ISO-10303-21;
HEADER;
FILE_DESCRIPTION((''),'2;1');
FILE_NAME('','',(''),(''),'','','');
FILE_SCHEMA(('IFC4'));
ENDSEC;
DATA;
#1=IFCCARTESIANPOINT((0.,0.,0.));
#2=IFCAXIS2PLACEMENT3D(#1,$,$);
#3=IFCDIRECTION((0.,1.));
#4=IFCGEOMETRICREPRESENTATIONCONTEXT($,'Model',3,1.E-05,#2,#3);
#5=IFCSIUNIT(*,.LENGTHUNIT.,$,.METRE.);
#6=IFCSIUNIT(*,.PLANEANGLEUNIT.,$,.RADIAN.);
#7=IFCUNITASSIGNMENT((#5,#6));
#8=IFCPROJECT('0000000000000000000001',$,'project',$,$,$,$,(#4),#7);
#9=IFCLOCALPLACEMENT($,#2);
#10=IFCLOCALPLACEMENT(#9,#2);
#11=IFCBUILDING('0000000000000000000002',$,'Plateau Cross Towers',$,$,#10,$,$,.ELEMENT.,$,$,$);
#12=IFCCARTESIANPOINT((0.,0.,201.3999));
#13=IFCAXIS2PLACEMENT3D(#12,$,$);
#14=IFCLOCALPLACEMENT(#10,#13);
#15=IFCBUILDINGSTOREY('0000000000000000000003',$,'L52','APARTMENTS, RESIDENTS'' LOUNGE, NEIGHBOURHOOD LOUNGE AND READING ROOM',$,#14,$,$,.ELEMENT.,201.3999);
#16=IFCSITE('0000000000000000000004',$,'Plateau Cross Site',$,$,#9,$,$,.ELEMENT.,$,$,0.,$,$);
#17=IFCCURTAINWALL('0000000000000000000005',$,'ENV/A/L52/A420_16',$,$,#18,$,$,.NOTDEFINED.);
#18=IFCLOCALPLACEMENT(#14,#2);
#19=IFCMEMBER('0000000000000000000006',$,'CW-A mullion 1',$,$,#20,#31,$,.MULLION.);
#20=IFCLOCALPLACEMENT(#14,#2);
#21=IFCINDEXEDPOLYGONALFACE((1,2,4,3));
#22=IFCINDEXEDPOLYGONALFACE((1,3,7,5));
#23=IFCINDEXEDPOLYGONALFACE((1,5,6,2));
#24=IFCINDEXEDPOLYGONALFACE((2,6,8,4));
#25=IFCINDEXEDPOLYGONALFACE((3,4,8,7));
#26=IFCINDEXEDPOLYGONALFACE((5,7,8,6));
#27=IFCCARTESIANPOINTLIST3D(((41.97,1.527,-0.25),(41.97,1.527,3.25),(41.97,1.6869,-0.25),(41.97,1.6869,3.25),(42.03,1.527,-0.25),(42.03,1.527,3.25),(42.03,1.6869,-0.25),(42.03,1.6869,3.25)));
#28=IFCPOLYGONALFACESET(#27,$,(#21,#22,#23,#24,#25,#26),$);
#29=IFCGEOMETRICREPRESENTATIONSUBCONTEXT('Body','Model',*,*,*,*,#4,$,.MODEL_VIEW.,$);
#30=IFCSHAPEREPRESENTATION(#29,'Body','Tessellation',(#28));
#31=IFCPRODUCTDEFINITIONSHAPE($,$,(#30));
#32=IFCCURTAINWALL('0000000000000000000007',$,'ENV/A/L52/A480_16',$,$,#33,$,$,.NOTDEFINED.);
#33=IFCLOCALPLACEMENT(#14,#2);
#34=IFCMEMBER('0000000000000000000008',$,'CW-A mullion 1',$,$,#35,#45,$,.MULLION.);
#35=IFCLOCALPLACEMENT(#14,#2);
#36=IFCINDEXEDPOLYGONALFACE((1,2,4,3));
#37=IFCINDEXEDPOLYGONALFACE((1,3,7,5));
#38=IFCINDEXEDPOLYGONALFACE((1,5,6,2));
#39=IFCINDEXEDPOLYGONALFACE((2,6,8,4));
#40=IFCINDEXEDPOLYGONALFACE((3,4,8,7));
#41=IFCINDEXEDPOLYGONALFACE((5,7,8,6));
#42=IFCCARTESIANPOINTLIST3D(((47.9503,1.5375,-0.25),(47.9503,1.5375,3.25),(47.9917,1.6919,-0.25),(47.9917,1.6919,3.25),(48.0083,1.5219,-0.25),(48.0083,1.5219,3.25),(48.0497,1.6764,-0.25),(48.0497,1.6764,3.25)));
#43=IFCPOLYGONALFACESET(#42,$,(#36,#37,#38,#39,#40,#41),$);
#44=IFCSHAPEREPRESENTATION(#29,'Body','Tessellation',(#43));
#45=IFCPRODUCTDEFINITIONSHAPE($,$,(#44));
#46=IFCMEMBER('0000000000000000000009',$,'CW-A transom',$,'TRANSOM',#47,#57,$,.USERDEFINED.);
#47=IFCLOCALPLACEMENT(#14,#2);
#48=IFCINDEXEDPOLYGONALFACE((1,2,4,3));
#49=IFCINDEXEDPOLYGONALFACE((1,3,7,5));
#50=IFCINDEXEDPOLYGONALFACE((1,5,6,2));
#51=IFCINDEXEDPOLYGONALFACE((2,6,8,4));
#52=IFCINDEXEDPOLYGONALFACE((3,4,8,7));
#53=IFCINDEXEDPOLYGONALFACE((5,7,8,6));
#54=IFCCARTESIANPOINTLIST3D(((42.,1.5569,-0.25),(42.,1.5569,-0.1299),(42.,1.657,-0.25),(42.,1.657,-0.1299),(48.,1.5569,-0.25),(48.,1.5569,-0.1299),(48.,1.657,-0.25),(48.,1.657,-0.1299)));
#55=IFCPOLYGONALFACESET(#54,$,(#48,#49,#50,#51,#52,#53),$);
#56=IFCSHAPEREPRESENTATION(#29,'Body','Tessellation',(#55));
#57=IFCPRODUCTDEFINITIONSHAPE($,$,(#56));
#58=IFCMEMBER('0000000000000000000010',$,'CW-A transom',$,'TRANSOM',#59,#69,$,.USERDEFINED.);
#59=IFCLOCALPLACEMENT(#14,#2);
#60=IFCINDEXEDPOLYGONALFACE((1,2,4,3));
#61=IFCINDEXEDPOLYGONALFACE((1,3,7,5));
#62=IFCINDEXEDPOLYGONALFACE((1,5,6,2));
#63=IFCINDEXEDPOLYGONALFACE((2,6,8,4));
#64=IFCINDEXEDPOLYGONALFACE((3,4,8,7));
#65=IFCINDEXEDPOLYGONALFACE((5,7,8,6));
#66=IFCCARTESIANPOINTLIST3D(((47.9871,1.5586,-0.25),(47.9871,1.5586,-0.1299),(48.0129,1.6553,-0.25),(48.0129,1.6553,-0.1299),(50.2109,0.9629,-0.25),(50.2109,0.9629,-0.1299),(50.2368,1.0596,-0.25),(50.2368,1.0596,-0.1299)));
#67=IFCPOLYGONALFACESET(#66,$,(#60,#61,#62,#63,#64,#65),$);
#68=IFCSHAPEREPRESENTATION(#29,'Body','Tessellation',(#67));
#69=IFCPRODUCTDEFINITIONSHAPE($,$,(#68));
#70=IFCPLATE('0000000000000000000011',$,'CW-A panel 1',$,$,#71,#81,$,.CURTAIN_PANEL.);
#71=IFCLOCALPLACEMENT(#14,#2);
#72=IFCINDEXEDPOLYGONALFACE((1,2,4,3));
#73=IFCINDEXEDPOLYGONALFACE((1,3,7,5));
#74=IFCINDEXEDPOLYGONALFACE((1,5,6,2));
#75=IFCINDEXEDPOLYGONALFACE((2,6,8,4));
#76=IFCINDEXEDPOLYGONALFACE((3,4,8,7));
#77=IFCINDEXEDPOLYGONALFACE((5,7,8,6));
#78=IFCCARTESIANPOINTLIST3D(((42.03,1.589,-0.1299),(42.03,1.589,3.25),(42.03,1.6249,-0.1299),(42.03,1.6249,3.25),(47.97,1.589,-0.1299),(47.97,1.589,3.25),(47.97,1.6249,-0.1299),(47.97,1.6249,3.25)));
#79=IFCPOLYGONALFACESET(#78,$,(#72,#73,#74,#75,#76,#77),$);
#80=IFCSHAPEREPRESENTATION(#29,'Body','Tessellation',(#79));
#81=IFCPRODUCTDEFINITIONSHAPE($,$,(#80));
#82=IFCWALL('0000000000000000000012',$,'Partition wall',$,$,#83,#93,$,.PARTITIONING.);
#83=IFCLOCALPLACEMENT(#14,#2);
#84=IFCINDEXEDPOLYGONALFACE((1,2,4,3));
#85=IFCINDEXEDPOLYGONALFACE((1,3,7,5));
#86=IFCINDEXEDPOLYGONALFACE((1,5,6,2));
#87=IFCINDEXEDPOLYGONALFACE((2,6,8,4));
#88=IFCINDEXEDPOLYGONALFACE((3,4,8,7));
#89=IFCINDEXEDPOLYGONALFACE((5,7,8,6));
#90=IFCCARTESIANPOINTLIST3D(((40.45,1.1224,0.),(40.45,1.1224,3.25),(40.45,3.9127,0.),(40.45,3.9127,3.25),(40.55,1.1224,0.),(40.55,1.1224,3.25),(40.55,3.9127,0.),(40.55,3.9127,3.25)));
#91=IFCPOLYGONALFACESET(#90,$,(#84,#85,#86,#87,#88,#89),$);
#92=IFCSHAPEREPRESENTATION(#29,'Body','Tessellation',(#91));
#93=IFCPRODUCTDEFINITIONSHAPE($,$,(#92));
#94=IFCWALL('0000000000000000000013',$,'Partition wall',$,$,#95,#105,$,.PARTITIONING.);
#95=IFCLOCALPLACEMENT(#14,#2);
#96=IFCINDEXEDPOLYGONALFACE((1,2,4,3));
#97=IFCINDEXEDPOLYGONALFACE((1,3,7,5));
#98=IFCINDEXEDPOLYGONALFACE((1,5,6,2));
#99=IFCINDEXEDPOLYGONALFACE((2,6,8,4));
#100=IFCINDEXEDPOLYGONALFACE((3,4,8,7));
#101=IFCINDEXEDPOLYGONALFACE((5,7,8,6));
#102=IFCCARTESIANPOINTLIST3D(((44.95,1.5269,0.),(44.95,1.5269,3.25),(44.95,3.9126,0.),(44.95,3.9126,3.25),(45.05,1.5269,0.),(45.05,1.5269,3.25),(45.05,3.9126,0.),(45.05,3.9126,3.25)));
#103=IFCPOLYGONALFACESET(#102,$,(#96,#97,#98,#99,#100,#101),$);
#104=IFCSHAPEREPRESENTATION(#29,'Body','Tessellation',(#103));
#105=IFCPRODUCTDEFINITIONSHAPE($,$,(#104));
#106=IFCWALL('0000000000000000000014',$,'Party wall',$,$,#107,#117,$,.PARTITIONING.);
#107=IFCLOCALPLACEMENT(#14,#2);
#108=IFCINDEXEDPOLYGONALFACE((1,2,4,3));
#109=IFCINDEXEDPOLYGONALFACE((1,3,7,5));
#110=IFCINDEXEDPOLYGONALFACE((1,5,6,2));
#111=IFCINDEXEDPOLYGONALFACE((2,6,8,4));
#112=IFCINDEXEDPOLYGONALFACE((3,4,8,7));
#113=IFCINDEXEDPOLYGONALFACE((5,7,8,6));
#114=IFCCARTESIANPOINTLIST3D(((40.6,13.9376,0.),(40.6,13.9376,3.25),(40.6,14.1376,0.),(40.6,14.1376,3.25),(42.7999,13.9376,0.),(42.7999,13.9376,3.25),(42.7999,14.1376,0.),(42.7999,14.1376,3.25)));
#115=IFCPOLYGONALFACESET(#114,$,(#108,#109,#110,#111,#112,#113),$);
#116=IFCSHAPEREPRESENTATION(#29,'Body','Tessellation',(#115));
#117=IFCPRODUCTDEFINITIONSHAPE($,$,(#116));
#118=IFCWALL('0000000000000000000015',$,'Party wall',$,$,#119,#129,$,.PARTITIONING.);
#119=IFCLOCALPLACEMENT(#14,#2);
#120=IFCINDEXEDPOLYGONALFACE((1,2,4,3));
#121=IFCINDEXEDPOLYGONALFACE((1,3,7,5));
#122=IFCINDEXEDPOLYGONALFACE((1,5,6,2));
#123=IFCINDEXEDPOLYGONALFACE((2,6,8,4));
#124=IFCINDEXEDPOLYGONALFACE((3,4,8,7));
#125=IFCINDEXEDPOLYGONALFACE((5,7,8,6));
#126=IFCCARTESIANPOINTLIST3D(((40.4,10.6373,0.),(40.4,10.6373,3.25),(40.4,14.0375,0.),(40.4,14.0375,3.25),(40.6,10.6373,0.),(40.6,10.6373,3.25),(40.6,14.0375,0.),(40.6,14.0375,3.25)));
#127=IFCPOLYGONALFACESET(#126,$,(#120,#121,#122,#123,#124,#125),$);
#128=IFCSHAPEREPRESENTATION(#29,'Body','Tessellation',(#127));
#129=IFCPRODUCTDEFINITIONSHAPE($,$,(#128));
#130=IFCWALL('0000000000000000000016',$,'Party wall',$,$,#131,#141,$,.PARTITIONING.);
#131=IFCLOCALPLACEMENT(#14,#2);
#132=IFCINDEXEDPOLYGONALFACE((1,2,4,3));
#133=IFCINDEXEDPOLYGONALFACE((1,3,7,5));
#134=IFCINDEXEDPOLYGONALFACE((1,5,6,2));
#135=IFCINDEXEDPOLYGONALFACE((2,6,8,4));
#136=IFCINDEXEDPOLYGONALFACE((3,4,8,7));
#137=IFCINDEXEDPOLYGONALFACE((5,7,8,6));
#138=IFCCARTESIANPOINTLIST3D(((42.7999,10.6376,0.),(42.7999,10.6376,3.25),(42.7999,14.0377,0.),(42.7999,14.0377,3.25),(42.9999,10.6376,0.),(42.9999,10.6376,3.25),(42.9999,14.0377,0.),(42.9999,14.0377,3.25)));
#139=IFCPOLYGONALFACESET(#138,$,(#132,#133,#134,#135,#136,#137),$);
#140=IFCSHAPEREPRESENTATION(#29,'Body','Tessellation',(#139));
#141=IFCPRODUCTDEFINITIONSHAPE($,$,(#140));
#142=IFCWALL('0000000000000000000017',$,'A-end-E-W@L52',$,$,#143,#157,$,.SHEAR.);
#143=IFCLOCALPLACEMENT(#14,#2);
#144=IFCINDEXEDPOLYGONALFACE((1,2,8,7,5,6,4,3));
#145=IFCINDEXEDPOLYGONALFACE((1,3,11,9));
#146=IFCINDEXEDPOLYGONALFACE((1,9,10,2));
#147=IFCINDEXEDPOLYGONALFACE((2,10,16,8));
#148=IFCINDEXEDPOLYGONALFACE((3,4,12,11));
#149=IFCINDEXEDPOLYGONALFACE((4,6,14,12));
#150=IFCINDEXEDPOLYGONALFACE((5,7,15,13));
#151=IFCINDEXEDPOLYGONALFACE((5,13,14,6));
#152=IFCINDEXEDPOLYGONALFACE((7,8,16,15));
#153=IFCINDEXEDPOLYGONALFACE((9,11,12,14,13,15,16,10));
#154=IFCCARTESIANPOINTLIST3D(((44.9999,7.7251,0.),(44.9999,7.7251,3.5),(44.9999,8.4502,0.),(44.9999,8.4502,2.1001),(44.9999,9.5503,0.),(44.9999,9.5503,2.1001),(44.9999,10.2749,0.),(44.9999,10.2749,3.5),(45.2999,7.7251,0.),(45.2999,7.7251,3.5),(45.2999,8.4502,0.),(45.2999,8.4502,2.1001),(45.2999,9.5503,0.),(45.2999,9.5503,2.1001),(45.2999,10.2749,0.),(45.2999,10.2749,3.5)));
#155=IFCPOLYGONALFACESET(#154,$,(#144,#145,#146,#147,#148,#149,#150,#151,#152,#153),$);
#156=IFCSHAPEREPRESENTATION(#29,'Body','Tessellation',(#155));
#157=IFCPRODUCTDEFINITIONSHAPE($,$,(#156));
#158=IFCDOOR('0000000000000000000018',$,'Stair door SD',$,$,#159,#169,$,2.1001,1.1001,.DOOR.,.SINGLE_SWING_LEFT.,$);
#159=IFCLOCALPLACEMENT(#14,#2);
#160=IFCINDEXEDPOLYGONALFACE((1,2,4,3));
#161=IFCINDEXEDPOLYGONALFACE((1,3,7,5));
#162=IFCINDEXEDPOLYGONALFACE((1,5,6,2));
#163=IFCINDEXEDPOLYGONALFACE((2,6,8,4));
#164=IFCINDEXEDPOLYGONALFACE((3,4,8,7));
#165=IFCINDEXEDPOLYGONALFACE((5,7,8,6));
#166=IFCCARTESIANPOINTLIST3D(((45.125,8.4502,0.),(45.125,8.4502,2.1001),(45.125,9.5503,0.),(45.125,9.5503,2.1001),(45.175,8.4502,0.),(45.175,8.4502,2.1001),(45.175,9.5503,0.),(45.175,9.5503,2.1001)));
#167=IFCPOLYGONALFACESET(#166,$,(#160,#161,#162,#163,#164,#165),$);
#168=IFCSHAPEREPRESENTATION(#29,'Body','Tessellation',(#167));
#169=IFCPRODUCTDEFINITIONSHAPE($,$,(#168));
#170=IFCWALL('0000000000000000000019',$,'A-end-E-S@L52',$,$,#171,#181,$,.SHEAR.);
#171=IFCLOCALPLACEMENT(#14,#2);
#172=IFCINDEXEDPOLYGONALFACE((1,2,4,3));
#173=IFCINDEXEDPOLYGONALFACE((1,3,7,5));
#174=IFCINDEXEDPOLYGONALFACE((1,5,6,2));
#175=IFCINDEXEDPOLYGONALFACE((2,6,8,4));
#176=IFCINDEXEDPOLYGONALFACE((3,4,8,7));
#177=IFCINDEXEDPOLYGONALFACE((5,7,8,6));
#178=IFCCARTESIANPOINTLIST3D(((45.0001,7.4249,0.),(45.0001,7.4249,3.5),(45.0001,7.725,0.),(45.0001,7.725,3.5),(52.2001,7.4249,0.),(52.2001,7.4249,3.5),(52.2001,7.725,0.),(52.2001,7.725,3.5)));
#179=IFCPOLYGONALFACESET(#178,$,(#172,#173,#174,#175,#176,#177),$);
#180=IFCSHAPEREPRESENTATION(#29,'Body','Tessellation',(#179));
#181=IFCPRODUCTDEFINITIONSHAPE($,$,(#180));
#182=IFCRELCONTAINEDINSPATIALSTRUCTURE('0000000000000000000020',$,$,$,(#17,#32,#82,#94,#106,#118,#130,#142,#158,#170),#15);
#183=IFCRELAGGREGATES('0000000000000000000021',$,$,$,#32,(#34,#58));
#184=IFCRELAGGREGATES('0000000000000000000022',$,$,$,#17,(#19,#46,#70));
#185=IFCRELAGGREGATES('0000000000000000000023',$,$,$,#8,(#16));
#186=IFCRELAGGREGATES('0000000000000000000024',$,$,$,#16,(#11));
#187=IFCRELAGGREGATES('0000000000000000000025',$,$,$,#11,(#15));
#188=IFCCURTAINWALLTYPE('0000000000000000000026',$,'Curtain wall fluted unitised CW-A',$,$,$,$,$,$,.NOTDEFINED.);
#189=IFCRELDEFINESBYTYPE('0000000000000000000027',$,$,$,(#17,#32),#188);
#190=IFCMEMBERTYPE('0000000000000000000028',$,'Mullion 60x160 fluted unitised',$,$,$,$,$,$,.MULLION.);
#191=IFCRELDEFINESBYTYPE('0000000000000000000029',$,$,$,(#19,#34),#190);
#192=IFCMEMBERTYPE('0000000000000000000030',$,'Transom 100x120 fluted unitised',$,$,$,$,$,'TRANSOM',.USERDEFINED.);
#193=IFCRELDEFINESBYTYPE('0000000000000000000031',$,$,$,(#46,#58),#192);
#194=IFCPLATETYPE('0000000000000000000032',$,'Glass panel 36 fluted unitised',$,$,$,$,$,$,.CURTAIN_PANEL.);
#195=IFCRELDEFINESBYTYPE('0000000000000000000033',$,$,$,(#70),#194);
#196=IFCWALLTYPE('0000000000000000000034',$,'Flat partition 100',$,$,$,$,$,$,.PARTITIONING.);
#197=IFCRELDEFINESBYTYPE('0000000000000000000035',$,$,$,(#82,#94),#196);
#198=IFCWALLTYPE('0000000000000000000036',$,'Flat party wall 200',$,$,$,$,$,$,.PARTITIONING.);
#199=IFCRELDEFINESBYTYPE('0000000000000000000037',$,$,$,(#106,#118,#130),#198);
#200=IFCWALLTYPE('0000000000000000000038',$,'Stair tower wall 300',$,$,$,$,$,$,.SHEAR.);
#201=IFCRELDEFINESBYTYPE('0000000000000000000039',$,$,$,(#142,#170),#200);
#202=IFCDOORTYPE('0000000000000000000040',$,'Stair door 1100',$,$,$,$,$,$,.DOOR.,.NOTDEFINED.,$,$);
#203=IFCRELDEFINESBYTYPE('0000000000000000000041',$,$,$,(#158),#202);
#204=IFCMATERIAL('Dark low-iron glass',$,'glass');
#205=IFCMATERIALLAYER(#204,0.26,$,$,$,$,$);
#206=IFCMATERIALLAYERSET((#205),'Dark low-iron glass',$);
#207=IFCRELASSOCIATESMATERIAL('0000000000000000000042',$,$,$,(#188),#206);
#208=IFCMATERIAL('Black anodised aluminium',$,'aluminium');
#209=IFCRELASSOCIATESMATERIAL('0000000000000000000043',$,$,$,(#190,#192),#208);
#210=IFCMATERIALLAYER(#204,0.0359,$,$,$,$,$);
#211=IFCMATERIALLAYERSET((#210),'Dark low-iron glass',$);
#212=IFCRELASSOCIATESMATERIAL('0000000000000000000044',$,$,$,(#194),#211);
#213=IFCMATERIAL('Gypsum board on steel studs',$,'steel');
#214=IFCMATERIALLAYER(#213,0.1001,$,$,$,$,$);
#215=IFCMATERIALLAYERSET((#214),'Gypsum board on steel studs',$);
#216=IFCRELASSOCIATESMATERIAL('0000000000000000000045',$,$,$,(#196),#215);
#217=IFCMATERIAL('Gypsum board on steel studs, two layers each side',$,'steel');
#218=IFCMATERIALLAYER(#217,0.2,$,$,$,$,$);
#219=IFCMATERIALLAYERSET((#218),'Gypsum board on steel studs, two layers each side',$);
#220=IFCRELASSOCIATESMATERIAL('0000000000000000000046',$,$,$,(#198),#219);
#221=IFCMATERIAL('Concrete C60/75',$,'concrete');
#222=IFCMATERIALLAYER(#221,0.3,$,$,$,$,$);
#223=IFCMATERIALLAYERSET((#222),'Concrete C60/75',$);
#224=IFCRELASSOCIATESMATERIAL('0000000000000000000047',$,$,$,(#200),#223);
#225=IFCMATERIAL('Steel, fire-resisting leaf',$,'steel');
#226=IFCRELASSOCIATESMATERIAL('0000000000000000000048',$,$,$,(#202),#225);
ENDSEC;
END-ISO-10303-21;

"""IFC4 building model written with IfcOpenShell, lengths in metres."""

from ifc_helpers import new_model, si_unit, direction, frame, frame_2d, origin, origin_2d, place, context, subcontext, project, spatial, rectangle, extrude, material, layer, layer_set, material_profile, profile_set, type_object, element, fill, aggregate, save


model = new_model("IFC4")

# Units and contexts
model_context = context("Model", 3, precision=1e-05, world=origin(), true_north=direction((0.0, 1.0)))
body_context = subcontext(model_context, "Body", "Model", "MODEL_VIEW")
ifc_project = project(units=[si_unit("LENGTHUNIT", "METRE"), si_unit("PLANEANGLEUNIT", "RADIAN")], contexts=[model_context])

# Site, building, storey
site_placement = place(None, origin())
site = spatial("IfcSite", under=ifc_project, at=site_placement, Name="Plateau Cross Site", CompositionType="ELEMENT", RefElevation=0.0)
building_placement = place(site_placement, origin())
building = spatial("IfcBuilding", under=site, at=building_placement, Name="Plateau Cross Towers", CompositionType="ELEMENT")
storey_placement = place(building_placement, frame((0.0, 0.0, 201.3999)))
storey = spatial("IfcBuildingStorey", under=building, at=storey_placement, Name="L52", Description="APARTMENTS, RESIDENTS' LOUNGE, NEIGHBOURHOOD LOUNGE AND READING ROOM", CompositionType="ELEMENT", Elevation=201.3999)

# Curtain walls, members
ifc_material_1 = material(Name="Dark low-iron glass", Category="glass")
ifc_layer_1 = layer(ifc_material_1, 0.26)
ifc_layer_set_1 = layer_set([ifc_layer_1], Name="Dark low-iron glass")
curtain_wall_type = type_object("IfcCurtainWallType", Name="Curtain wall fluted unitised CW-A", PredefinedType="NOTDEFINED", material=ifc_layer_set_1)
curtain_wall_1_placement = place(storey_placement, origin())
curtain_wall_1 = element("IfcCurtainWall", 1, at=curtain_wall_1_placement, inside=storey, type_object=curtain_wall_type, Name="ENV/A/L52/A420_16", PredefinedType="NOTDEFINED")
ifc_material_2 = material(Name="Black anodised aluminium", Category="aluminium")
ifc_material_profile_1 = material_profile(ifc_material_2, rectangle(XDim=0.0601, YDim=0.1599, at=origin_2d()), Name="MULLION 60x160")
ifc_profile_set_1 = profile_set([ifc_material_profile_1], Name="Black anodised aluminium")
member_type_1 = type_object("IfcMemberType", Name="Mullion 60x160 fluted unitised", PredefinedType="MULLION", material=ifc_profile_set_1)
member_1_placement = place(storey_placement, frame((42.0, 1.6069, -0.25), z_axis=(0.0, 0.0, 1.0), x_axis=(1.0, 0.0, 0.0)))
member_1 = element("IfcMember", 2, at=member_1_placement, type_object=member_type_1, Name="CW-A mullion 1", PredefinedType="MULLION", context=body_context, shape_type="SweptSolid", body=[
    extrude(rectangle(XDim=0.0601, YDim=0.1599, at=origin_2d()), origin(), (0.0, 0.0, 1.0), 3.5),
])
curtain_wall_2_placement = place(storey_placement, origin())
curtain_wall_2 = element("IfcCurtainWall", 3, at=curtain_wall_2_placement, inside=storey, type_object=curtain_wall_type, Name="ENV/A/L52/A480_16", PredefinedType="NOTDEFINED")
member_2_placement = place(storey_placement, frame((48.0, 1.6069, -0.25), z_axis=(0.0, 0.0, 1.0), x_axis=(0.965958, -0.258699, 0.0)))
member_2 = element("IfcMember", 4, at=member_2_placement, type_object=member_type_1, Name="CW-A mullion 1", PredefinedType="MULLION", context=body_context, shape_type="SweptSolid", body=[
    extrude(rectangle(XDim=0.0601, YDim=0.1599, at=origin_2d()), origin(), (0.0, 0.0, 1.0), 3.5),
])

# Members
ifc_material_profile_2 = material_profile(ifc_material_2, rectangle(XDim=0.1001, YDim=0.1201, at=origin_2d()), Name="TRANSOM 100x120")
ifc_profile_set_2 = profile_set([ifc_material_profile_2], Name="Black anodised aluminium")
member_type_2 = type_object("IfcMemberType", Name="Transom 100x120 fluted unitised", ElementType="TRANSOM", PredefinedType="USERDEFINED", material=ifc_profile_set_2)
member_3_placement = place(storey_placement, frame((42.0, 1.6069, -0.1899), z_axis=(1.0, 0.0, 0.0), x_axis=(0.0, 1.0, 0.0)))
member_3 = element("IfcMember", 5, at=member_3_placement, type_object=member_type_2, Name="CW-A transom", ObjectType="TRANSOM", PredefinedType="USERDEFINED", context=body_context, shape_type="SweptSolid", body=[
    extrude(rectangle(XDim=0.1001, YDim=0.1201, at=origin_2d()), origin(), (0.0, 0.0, 1.0), 6.0),
])
member_4_placement = place(storey_placement, frame((48.0, 1.6069, -0.1899), z_axis=(0.965946, -0.258745, 0.0), x_axis=(0.258745, 0.965946, 0.0)))
member_4 = element("IfcMember", 6, at=member_4_placement, type_object=member_type_2, Name="CW-A transom", ObjectType="TRANSOM", PredefinedType="USERDEFINED", context=body_context, shape_type="SweptSolid", body=[
    extrude(rectangle(XDim=0.1001, YDim=0.1201, at=origin_2d()), origin(), (0.0, 0.0, 1.0), 2.3022),
])
aggregate(curtain_wall_2, [member_2, member_4])

# Plate
ifc_layer_2 = layer(ifc_material_1, 0.0359)
ifc_layer_set_2 = layer_set([ifc_layer_2], Name="Dark low-iron glass")
plate_type = type_object("IfcPlateType", Name="Glass panel 36 fluted unitised", PredefinedType="CURTAIN_PANEL", material=ifc_layer_set_2)
plate_placement = place(storey_placement, frame((45.0, 1.6069, -0.1299), z_axis=(0.0, 0.0, 1.0), x_axis=(1.0, 0.0, 0.0)))
plate = element("IfcPlate", 7, at=plate_placement, type_object=plate_type, Name="CW-A panel 1", PredefinedType="CURTAIN_PANEL", context=body_context, shape_type="SweptSolid", body=[
    extrude(rectangle(XDim=5.9399, YDim=0.0359, at=origin_2d()), origin(), (0.0, 0.0, 1.0), 3.3799),
])
aggregate(curtain_wall_1, [member_1, member_3, plate])

# Walls
ifc_material_3 = material(Name="Gypsum board on steel studs", Category="steel")
ifc_layer_3 = layer(ifc_material_3, 0.1001)
ifc_layer_set_3 = layer_set([ifc_layer_3], Name="Gypsum board on steel studs")
wall_type_1 = type_object("IfcWallType", Name="Flat partition 100", PredefinedType="PARTITIONING", material=ifc_layer_set_3)
wall_1_placement = place(storey_placement, frame((40.5, 3.9126, 0.0), z_axis=(0.0, 0.0, 1.0), x_axis=(0.0, -1.0, 0.0)))
element("IfcWall", 8, at=wall_1_placement, inside=storey, type_object=wall_type_1, Name="Partition wall", PredefinedType="PARTITIONING", context=body_context, shape_type="SweptSolid", body=[
    extrude(rectangle(XDim=2.7903, YDim=0.1001, at=frame_2d((1.395, 0.0))), origin(), (0.0, 0.0, 1.0), 3.25),
])
wall_2_placement = place(storey_placement, frame((45.0, 1.5269, 0.0), z_axis=(0.0, 0.0, 1.0), x_axis=(0.0, 1.0, 0.0)))
element("IfcWall", 9, at=wall_2_placement, inside=storey, type_object=wall_type_1, Name="Partition wall", PredefinedType="PARTITIONING", context=body_context, shape_type="SweptSolid", body=[
    extrude(rectangle(XDim=2.3857, YDim=0.1001, at=frame_2d((1.1929, 0.0))), origin(), (0.0, 0.0, 1.0), 3.25),
])
ifc_material_4 = material(Name="Gypsum board on steel studs, two layers each side", Category="steel")
ifc_layer_4 = layer(ifc_material_4, 0.2)
ifc_layer_set_4 = layer_set([ifc_layer_4], Name="Gypsum board on steel studs, two layers each side")
wall_type_2 = type_object("IfcWallType", Name="Flat party wall 200", PredefinedType="PARTITIONING", material=ifc_layer_set_4)
wall_3_placement = place(storey_placement, frame((42.8, 14.0376, 0.0), z_axis=(0.0, 0.0, 1.0), x_axis=(-1.0, 0.0, 0.0)))
element("IfcWall", 10, at=wall_3_placement, inside=storey, type_object=wall_type_2, Name="Party wall", PredefinedType="PARTITIONING", context=body_context, shape_type="SweptSolid", body=[
    extrude(rectangle(XDim=2.2, YDim=0.2, at=frame_2d((1.1001, 0.0))), origin(), (0.0, 0.0, 1.0), 3.25),
])
for number, where, z_axis, x_axis, name in (
    (11, (40.5, 14.0376, 0.0), (0.0, 0.0, 1.0), (0.0, -1.0, 0.0), "Party wall"),
    (12, (42.8999, 10.6375, 0.0), (0.0, 0.0, 1.0), (0.0, 1.0, 0.0), "Party wall"),
):
    element("IfcWall", number, at=place(storey_placement, frame(where, z_axis=z_axis, x_axis=x_axis)), inside=storey, type_object=wall_type_2, Name=name, PredefinedType="PARTITIONING", context=body_context, shape_type="SweptSolid", body=[
        extrude(rectangle(XDim=3.4001, YDim=0.2, at=frame_2d((1.7002, 0.0))), origin(), (0.0, 0.0, 1.0), 3.25),
    ])

# Wall, opening, door
ifc_material_5 = material(Name="Concrete C60/75", Category="concrete")
ifc_layer_5 = layer(ifc_material_5, 0.3)
ifc_layer_set_5 = layer_set([ifc_layer_5], Name="Concrete C60/75")
wall_type_3 = type_object("IfcWallType", Name="Stair tower wall 300", PredefinedType="SHEAR", material=ifc_layer_set_5)
wall_4_placement = place(storey_placement, frame((45.1499, 7.7251, 0.0), z_axis=(0.0, 0.0, 1.0), x_axis=(0.0, 1.0, 0.0)))
wall_4 = element("IfcWall", 13, at=wall_4_placement, inside=storey, type_object=wall_type_3, Name="A-end-E-W@L52", PredefinedType="SHEAR", context=body_context, shape_type="SweptSolid", body=[
    extrude(rectangle(XDim=2.5498, YDim=0.3, at=frame_2d((1.2749, 0.0))), origin(), (0.0, 0.0, 1.0), 3.5),
])
opening_placement = place(wall_4_placement, frame((0.7251, 0.0, 0.0)))
opening = element("IfcOpeningElement", 14, at=opening_placement, cuts=wall_4, PredefinedType="OPENING", context=body_context, shape_type="SweptSolid", body=[
    extrude(rectangle(XDim=1.1001, YDim=2.1001, at=frame_2d((0.55, 1.05))), frame((0.0, 0.1599, 0.0), z_axis=(0.0, -1.0, 0.0), x_axis=(1.0, 0.0, 0.0)), (0.0, 0.0, 1.0), 0.3201),
])
ifc_material_6 = material(Name="Steel, fire-resisting leaf", Category="steel")
door_type = type_object("IfcDoorType", Name="Stair door 1100", OperationType="NOTDEFINED", PredefinedType="DOOR", material=ifc_material_6)
door_placement = place(opening_placement, origin())
door = element("IfcDoor", 15, at=door_placement, inside=storey, type_object=door_type, Name="Stair door SD", OperationType="SINGLE_SWING_LEFT", OverallHeight=2.1001, OverallWidth=1.1001, PredefinedType="DOOR", context=body_context, shape_type="SweptSolid", body=[
    extrude(rectangle(XDim=1.1001, YDim=2.1001, at=frame_2d((0.55, 1.05))), frame((0.0, 0.0249, 0.0), z_axis=(0.0, -1.0, 0.0), x_axis=(1.0, 0.0, 0.0)), (0.0, 0.0, 1.0), 0.05),
])
fill(opening, door)

# Wall
for number, where, z_axis, x_axis, name in (
    (16, (45.0, 7.575, 0.0), (0.0, 0.0, 1.0), (1.0, 0.0, 0.0), "A-end-E-S@L52"),
):
    element("IfcWall", number, at=place(storey_placement, frame(where, z_axis=z_axis, x_axis=x_axis)), inside=storey, type_object=wall_type_3, Name=name, PredefinedType="SHEAR", context=body_context, shape_type="SweptSolid", body=[
        extrude(rectangle(XDim=7.2, YDim=0.3, at=frame_2d((3.6001, 0.0))), origin(), (0.0, 0.0, 1.0), 3.5),
    ])

save(model, "model.ifc")
